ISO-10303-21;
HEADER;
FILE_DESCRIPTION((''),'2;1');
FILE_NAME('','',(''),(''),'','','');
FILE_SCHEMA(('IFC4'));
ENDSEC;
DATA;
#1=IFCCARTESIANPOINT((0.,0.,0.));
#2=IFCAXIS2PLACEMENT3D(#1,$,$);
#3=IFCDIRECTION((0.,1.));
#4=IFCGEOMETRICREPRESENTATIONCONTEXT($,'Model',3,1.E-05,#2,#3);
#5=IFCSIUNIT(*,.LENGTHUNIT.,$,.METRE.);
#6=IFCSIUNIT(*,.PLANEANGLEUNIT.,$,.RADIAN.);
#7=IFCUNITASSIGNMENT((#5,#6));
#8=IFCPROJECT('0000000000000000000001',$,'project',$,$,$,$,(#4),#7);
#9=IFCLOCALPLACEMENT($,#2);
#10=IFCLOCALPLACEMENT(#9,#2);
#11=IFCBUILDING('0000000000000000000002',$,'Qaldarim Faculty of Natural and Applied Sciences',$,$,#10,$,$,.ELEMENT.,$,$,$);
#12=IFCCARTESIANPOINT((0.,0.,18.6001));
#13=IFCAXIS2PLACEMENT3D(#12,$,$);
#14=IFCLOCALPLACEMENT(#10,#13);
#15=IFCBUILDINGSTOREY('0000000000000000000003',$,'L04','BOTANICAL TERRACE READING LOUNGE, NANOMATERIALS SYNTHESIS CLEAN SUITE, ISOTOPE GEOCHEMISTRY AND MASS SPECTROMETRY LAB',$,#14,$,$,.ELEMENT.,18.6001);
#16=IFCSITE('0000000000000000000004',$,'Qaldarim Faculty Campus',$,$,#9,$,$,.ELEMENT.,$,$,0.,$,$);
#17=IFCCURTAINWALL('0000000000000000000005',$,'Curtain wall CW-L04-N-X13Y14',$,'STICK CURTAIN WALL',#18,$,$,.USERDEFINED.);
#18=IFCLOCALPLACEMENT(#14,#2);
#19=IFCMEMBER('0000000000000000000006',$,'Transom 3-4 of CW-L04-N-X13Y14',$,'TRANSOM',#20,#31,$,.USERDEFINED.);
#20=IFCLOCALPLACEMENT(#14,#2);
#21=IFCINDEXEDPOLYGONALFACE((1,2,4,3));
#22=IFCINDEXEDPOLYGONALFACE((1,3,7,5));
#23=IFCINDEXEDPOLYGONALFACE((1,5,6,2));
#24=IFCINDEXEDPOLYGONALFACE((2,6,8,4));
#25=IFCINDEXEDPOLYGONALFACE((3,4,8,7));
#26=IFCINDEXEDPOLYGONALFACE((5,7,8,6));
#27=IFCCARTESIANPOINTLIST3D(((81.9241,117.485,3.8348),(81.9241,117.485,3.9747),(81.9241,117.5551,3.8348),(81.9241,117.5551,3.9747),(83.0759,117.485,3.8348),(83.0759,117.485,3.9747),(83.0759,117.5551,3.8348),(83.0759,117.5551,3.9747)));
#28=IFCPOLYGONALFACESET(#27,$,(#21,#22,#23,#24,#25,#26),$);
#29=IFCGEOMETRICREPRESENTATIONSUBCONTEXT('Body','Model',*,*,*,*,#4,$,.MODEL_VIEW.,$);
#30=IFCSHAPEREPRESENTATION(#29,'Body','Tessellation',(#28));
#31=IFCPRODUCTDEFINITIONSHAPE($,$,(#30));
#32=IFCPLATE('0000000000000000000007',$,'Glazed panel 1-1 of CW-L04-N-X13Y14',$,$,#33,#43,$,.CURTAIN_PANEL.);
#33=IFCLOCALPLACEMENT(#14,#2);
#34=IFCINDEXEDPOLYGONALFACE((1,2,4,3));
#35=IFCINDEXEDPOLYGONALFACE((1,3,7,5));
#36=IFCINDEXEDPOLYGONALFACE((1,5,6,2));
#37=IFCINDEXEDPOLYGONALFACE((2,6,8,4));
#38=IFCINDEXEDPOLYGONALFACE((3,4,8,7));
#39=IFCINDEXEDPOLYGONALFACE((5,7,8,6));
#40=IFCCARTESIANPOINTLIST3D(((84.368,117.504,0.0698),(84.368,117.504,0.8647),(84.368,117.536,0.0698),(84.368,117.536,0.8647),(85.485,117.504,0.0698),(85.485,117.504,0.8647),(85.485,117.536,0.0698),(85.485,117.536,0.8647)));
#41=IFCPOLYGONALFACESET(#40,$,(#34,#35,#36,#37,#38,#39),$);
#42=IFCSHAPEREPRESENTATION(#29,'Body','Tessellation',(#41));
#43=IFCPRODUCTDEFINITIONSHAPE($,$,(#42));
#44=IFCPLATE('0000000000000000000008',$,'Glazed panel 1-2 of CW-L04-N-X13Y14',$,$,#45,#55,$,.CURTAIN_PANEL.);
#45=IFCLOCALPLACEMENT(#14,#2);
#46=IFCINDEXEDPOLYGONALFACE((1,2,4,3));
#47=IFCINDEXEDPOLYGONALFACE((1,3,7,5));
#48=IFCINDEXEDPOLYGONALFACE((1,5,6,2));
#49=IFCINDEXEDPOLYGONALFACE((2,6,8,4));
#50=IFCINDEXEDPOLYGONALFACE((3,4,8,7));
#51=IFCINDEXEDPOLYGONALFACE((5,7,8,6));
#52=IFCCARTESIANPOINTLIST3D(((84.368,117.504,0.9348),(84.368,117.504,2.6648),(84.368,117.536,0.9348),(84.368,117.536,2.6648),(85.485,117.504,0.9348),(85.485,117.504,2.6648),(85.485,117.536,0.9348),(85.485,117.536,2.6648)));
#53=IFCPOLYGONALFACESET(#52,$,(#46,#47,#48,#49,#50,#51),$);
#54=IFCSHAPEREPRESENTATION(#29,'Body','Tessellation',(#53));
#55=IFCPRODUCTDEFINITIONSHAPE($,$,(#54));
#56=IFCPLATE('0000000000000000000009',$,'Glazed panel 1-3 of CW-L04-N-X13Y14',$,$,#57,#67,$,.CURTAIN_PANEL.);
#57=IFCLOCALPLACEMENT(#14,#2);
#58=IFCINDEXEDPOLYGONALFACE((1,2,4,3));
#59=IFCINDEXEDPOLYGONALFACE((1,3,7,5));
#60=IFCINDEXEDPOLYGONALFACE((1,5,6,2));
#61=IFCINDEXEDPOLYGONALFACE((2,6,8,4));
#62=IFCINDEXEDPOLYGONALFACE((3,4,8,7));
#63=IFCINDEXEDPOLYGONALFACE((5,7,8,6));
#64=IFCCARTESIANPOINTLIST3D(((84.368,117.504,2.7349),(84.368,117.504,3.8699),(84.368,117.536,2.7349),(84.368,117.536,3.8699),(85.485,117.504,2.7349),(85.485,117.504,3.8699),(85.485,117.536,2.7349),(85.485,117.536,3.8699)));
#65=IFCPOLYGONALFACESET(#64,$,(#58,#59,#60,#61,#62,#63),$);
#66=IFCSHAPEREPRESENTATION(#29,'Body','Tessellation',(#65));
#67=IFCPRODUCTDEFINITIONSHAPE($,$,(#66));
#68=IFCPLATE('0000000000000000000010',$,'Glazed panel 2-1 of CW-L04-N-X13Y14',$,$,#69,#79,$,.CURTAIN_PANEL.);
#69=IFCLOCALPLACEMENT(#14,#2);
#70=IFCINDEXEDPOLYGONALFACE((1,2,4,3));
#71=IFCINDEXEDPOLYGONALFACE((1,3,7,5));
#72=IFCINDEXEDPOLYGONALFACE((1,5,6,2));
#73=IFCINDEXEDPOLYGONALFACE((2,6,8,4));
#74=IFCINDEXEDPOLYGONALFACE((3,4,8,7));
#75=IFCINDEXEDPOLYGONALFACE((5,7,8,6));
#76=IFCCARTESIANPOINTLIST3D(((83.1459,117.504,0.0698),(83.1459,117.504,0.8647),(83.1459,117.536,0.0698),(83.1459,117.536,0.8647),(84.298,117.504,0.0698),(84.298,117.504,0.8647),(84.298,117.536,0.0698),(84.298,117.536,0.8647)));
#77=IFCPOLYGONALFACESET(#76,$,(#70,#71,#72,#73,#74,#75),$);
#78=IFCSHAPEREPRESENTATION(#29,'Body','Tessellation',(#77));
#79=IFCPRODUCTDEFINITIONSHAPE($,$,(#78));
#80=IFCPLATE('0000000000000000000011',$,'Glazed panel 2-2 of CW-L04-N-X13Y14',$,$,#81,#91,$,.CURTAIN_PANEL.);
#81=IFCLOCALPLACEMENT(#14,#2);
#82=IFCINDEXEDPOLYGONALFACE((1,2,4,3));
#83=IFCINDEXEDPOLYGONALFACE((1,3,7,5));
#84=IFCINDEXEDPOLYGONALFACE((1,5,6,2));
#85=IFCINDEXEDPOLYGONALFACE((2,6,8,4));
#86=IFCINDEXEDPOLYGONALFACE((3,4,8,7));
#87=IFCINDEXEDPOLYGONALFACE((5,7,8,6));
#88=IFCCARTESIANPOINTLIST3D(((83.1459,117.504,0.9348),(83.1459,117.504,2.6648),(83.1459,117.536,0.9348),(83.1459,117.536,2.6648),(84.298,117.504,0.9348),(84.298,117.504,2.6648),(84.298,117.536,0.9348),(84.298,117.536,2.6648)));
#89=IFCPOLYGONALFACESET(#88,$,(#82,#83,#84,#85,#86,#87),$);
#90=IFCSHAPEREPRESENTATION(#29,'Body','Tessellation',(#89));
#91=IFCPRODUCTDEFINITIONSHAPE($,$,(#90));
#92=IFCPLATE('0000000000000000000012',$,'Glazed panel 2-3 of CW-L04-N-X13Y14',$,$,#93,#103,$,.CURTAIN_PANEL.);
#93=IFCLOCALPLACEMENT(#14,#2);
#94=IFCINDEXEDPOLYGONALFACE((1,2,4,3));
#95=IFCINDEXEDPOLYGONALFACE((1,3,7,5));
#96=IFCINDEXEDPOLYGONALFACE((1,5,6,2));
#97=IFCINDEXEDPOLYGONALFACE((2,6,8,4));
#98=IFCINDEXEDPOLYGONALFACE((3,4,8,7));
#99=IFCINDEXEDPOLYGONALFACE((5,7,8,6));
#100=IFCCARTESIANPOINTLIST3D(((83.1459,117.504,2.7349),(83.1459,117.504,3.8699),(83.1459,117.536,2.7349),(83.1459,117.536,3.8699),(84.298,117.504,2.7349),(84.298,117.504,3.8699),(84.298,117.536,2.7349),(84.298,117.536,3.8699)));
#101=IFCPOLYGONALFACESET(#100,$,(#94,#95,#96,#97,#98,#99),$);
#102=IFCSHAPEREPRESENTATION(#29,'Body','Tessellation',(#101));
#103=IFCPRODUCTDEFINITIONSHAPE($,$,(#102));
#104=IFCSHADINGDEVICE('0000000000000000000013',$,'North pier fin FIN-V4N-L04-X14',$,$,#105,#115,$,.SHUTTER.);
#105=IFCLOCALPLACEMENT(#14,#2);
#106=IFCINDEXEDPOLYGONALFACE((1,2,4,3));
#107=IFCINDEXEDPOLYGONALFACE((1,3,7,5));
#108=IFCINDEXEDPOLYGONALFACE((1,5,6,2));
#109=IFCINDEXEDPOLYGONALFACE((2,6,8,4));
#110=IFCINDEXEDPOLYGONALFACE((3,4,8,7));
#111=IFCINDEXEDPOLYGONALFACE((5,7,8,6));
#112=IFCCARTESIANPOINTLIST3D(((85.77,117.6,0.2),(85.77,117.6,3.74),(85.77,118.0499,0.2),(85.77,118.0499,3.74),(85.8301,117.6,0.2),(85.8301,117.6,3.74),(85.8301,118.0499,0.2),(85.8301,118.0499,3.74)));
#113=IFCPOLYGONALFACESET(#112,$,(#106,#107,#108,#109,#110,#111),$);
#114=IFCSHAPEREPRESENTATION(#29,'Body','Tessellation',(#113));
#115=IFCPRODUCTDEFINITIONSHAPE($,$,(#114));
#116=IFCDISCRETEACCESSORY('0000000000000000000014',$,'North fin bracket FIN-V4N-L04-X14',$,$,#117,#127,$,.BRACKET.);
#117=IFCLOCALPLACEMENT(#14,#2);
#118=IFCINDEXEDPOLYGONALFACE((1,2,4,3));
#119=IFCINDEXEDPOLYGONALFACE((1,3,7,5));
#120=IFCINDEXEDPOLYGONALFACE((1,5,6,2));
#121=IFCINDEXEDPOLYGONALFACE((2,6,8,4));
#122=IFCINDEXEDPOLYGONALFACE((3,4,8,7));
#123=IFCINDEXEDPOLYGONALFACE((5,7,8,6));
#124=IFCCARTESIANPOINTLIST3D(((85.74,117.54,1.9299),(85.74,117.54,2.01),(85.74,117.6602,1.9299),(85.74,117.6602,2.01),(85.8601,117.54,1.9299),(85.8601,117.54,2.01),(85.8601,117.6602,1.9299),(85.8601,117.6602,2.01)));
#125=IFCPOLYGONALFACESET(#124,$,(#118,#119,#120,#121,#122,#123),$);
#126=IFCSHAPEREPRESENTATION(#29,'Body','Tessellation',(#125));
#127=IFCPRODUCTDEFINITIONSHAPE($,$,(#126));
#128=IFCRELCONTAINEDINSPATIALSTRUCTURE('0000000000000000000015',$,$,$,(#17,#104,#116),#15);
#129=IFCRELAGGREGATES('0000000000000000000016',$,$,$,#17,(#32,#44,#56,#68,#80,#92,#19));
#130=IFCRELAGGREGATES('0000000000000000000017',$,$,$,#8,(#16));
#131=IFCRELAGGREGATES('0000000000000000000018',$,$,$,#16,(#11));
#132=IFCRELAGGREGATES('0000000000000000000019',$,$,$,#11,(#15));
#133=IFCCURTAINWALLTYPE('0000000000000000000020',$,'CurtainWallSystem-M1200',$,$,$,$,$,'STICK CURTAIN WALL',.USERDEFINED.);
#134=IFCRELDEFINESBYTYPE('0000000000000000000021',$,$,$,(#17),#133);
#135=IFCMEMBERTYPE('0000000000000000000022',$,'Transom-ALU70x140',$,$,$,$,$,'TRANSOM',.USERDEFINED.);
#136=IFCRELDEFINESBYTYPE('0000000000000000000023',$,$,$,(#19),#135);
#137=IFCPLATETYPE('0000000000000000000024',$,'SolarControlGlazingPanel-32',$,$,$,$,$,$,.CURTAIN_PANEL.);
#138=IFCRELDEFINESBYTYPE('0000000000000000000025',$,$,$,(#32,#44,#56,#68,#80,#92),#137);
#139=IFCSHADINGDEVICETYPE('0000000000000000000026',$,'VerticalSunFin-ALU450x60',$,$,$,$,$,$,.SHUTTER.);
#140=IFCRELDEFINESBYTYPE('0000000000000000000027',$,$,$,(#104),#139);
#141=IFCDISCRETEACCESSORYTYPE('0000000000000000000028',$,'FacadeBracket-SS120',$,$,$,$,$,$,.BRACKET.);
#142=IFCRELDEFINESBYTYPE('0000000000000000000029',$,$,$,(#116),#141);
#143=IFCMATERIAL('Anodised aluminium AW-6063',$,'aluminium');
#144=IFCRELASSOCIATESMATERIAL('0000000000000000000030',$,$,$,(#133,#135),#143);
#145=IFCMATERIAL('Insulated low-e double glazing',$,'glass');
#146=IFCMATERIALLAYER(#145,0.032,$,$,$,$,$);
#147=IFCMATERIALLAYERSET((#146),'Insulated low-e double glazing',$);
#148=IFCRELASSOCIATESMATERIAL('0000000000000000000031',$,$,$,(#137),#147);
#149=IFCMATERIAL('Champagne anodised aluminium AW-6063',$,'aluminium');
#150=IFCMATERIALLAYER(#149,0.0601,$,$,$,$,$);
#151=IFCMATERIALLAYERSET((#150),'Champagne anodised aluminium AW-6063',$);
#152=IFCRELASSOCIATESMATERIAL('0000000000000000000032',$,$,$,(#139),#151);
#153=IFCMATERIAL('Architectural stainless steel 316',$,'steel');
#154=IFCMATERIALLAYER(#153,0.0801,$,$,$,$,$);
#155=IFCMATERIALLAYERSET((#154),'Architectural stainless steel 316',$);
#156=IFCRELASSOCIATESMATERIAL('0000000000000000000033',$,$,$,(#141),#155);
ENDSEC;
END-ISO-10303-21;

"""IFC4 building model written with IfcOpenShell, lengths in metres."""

from ifc_helpers import new_model, si_unit, direction, frame, origin, origin_2d, place, context, subcontext, project, spatial, rectangle, extrude, material, layer, layer_set, material_profile, profile_set, type_object, element, aggregate, save


model = new_model("IFC4")

# Units and contexts
model_context = context("Model", 3, precision=1e-05, world=origin(), true_north=direction((0.0, 1.0)))
body_context = subcontext(model_context, "Body", "Model", "MODEL_VIEW")
ifc_project = project(units=[si_unit("LENGTHUNIT", "METRE"), si_unit("PLANEANGLEUNIT", "RADIAN")], contexts=[model_context])

# Site, building, storey
site_placement = place(None, origin())
site = spatial("IfcSite", under=ifc_project, at=site_placement, Name="Qaldarim Faculty Campus", CompositionType="ELEMENT", RefElevation=0.0)
building_placement = place(site_placement, origin())
building = spatial("IfcBuilding", under=site, at=building_placement, Name="Qaldarim Faculty of Natural and Applied Sciences", CompositionType="ELEMENT")
storey_placement = place(building_placement, frame((0.0, 0.0, 18.6001)))
storey = spatial("IfcBuildingStorey", under=building, at=storey_placement, Name="L04", Description="BOTANICAL TERRACE READING LOUNGE, NANOMATERIALS SYNTHESIS CLEAN SUITE, ISOTOPE GEOCHEMISTRY AND MASS SPECTROMETRY LAB", CompositionType="ELEMENT", Elevation=18.6001)

# Curtain wall
ifc_material_1 = material(Name="Anodised aluminium AW-6063", Category="aluminium")
curtain_wall_type = type_object("IfcCurtainWallType", Name="CurtainWallSystem-M1200", ElementType="STICK CURTAIN WALL", PredefinedType="USERDEFINED", material=ifc_material_1)
curtain_wall_placement = place(storey_placement, origin())
curtain_wall = element("IfcCurtainWall", 1, at=curtain_wall_placement, inside=storey, type_object=curtain_wall_type, Name="Curtain wall CW-L04-N-X13Y14", ObjectType="STICK CURTAIN WALL", PredefinedType="USERDEFINED")

# Member
ifc_material_profile_1 = material_profile(ifc_material_1, rectangle(XDim=0.0701, YDim=0.1399, at=origin_2d()), Name="ALU-T70x140")
ifc_profile_set_1 = profile_set([ifc_material_profile_1], Name="Anodised aluminium AW-6063")
member_type_1 = type_object("IfcMemberType", Name="Transom-ALU70x140", ElementType="TRANSOM", PredefinedType="USERDEFINED", material=ifc_profile_set_1)
member_1_placement = place(storey_placement, frame((83.0759, 117.52, 3.9048), z_axis=(-1.0, 0.0, 0.0), x_axis=(0.0, -1.0, 0.0)))
member_1 = element("IfcMember", 2, at=member_1_placement, type_object=member_type_1, Name="Transom 3-4 of CW-L04-N-X13Y14", ObjectType="TRANSOM", PredefinedType="USERDEFINED", context=body_context, shape_type="SweptSolid", body=[
    extrude(rectangle(XDim=0.0701, YDim=0.1399, at=origin_2d()), origin(), (0.0, 0.0, 1.0), 1.1519),
])

# Plates
ifc_material_2 = material(Name="Insulated low-e double glazing", Category="glass")
ifc_layer_1 = layer(ifc_material_2, 0.032)
ifc_layer_set_1 = layer_set([ifc_layer_1], Name="Insulated low-e double glazing")
plate_type = type_object("IfcPlateType", Name="SolarControlGlazingPanel-32", PredefinedType="CURTAIN_PANEL", material=ifc_layer_set_1)
plate_1_placement = place(storey_placement, frame((84.9265, 117.52, 0.0698), z_axis=(0.0, 0.0, 1.0), x_axis=(-1.0, 0.0, 0.0)))
plate_1 = element("IfcPlate", 3, at=plate_1_placement, type_object=plate_type, Name="Glazed panel 1-1 of CW-L04-N-X13Y14", PredefinedType="CURTAIN_PANEL", context=body_context, shape_type="SweptSolid", body=[
    extrude(rectangle(XDim=1.1169, YDim=0.032, at=origin_2d()), origin(), (0.0, 0.0, 1.0), 0.7949),
])
plate_2_placement = place(storey_placement, frame((84.9265, 117.52, 0.9348), z_axis=(0.0, 0.0, 1.0), x_axis=(-1.0, 0.0, 0.0)))
plate_2 = element("IfcPlate", 4, at=plate_2_placement, type_object=plate_type, Name="Glazed panel 1-2 of CW-L04-N-X13Y14", PredefinedType="CURTAIN_PANEL", context=body_context, shape_type="SweptSolid", body=[
    extrude(rectangle(XDim=1.1169, YDim=0.032, at=origin_2d()), origin(), (0.0, 0.0, 1.0), 1.73),
])
plate_3_placement = place(storey_placement, frame((84.9265, 117.52, 2.7349), z_axis=(0.0, 0.0, 1.0), x_axis=(-1.0, 0.0, 0.0)))
plate_3 = element("IfcPlate", 5, at=plate_3_placement, type_object=plate_type, Name="Glazed panel 1-3 of CW-L04-N-X13Y14", PredefinedType="CURTAIN_PANEL", context=body_context, shape_type="SweptSolid", body=[
    extrude(rectangle(XDim=1.1169, YDim=0.032, at=origin_2d()), origin(), (0.0, 0.0, 1.0), 1.135),
])
plate_4_placement = place(storey_placement, frame((83.7219, 117.52, 0.0698), z_axis=(0.0, 0.0, 1.0), x_axis=(-1.0, 0.0, 0.0)))
plate_4 = element("IfcPlate", 6, at=plate_4_placement, type_object=plate_type, Name="Glazed panel 2-1 of CW-L04-N-X13Y14", PredefinedType="CURTAIN_PANEL", context=body_context, shape_type="SweptSolid", body=[
    extrude(rectangle(XDim=1.1521, YDim=0.032, at=origin_2d()), origin(), (0.0, 0.0, 1.0), 0.7949),
])
plate_5_placement = place(storey_placement, frame((83.7219, 117.52, 0.9348), z_axis=(0.0, 0.0, 1.0), x_axis=(-1.0, 0.0, 0.0)))
plate_5 = element("IfcPlate", 7, at=plate_5_placement, type_object=plate_type, Name="Glazed panel 2-2 of CW-L04-N-X13Y14", PredefinedType="CURTAIN_PANEL", context=body_context, shape_type="SweptSolid", body=[
    extrude(rectangle(XDim=1.1521, YDim=0.032, at=origin_2d()), origin(), (0.0, 0.0, 1.0), 1.73),
])
plate_6_placement = place(storey_placement, frame((83.7219, 117.52, 2.7349), z_axis=(0.0, 0.0, 1.0), x_axis=(-1.0, 0.0, 0.0)))
plate_6 = element("IfcPlate", 8, at=plate_6_placement, type_object=plate_type, Name="Glazed panel 2-3 of CW-L04-N-X13Y14", PredefinedType="CURTAIN_PANEL", context=body_context, shape_type="SweptSolid", body=[
    extrude(rectangle(XDim=1.1521, YDim=0.032, at=origin_2d()), origin(), (0.0, 0.0, 1.0), 1.135),
])
aggregate(curtain_wall, [plate_1, plate_2, plate_3, plate_4, plate_5, plate_6, member_1])

# Shading device
ifc_material_3 = material(Name="Champagne anodised aluminium AW-6063", Category="aluminium")
ifc_layer_2 = layer(ifc_material_3, 0.0601)
ifc_layer_set_2 = layer_set([ifc_layer_2], Name="Champagne anodised aluminium AW-6063")
shading_device_type = type_object("IfcShadingDeviceType", Name="VerticalSunFin-ALU450x60", PredefinedType="SHUTTER", material=ifc_layer_set_2)
shading_device_placement = place(storey_placement, frame((85.8, 117.825, 0.2), z_axis=(0.0, 0.0, 1.0), x_axis=(1.0, 0.0, 0.0)))
element("IfcShadingDevice", 9, at=shading_device_placement, inside=storey, type_object=shading_device_type, Name="North pier fin FIN-V4N-L04-X14", PredefinedType="SHUTTER", context=body_context, shape_type="SweptSolid", body=[
    extrude(rectangle(XDim=0.0601, YDim=0.45, at=origin_2d()), origin(), (0.0, 0.0, 1.0), 3.54),
])

# Discrete accessory
ifc_material_4 = material(Name="Architectural stainless steel 316", Category="steel")
ifc_layer_3 = layer(ifc_material_4, 0.0801)
ifc_layer_set_3 = layer_set([ifc_layer_3], Name="Architectural stainless steel 316")
discrete_accessory_type = type_object("IfcDiscreteAccessoryType", Name="FacadeBracket-SS120", PredefinedType="BRACKET", material=ifc_layer_set_3)
discrete_accessory_placement = place(storey_placement, frame((85.8, 117.6001, 1.9299), z_axis=(0.0, 0.0, 1.0), x_axis=(1.0, 0.0, 0.0)))
element("IfcDiscreteAccessory", 10, at=discrete_accessory_placement, inside=storey, type_object=discrete_accessory_type, Name="North fin bracket FIN-V4N-L04-X14", PredefinedType="BRACKET", context=body_context, shape_type="SweptSolid", body=[
    extrude(rectangle(XDim=0.1201, YDim=0.1201, at=origin_2d()), origin(), (0.0, 0.0, 1.0), 0.0801),
])

save(model, "model.ifc")
